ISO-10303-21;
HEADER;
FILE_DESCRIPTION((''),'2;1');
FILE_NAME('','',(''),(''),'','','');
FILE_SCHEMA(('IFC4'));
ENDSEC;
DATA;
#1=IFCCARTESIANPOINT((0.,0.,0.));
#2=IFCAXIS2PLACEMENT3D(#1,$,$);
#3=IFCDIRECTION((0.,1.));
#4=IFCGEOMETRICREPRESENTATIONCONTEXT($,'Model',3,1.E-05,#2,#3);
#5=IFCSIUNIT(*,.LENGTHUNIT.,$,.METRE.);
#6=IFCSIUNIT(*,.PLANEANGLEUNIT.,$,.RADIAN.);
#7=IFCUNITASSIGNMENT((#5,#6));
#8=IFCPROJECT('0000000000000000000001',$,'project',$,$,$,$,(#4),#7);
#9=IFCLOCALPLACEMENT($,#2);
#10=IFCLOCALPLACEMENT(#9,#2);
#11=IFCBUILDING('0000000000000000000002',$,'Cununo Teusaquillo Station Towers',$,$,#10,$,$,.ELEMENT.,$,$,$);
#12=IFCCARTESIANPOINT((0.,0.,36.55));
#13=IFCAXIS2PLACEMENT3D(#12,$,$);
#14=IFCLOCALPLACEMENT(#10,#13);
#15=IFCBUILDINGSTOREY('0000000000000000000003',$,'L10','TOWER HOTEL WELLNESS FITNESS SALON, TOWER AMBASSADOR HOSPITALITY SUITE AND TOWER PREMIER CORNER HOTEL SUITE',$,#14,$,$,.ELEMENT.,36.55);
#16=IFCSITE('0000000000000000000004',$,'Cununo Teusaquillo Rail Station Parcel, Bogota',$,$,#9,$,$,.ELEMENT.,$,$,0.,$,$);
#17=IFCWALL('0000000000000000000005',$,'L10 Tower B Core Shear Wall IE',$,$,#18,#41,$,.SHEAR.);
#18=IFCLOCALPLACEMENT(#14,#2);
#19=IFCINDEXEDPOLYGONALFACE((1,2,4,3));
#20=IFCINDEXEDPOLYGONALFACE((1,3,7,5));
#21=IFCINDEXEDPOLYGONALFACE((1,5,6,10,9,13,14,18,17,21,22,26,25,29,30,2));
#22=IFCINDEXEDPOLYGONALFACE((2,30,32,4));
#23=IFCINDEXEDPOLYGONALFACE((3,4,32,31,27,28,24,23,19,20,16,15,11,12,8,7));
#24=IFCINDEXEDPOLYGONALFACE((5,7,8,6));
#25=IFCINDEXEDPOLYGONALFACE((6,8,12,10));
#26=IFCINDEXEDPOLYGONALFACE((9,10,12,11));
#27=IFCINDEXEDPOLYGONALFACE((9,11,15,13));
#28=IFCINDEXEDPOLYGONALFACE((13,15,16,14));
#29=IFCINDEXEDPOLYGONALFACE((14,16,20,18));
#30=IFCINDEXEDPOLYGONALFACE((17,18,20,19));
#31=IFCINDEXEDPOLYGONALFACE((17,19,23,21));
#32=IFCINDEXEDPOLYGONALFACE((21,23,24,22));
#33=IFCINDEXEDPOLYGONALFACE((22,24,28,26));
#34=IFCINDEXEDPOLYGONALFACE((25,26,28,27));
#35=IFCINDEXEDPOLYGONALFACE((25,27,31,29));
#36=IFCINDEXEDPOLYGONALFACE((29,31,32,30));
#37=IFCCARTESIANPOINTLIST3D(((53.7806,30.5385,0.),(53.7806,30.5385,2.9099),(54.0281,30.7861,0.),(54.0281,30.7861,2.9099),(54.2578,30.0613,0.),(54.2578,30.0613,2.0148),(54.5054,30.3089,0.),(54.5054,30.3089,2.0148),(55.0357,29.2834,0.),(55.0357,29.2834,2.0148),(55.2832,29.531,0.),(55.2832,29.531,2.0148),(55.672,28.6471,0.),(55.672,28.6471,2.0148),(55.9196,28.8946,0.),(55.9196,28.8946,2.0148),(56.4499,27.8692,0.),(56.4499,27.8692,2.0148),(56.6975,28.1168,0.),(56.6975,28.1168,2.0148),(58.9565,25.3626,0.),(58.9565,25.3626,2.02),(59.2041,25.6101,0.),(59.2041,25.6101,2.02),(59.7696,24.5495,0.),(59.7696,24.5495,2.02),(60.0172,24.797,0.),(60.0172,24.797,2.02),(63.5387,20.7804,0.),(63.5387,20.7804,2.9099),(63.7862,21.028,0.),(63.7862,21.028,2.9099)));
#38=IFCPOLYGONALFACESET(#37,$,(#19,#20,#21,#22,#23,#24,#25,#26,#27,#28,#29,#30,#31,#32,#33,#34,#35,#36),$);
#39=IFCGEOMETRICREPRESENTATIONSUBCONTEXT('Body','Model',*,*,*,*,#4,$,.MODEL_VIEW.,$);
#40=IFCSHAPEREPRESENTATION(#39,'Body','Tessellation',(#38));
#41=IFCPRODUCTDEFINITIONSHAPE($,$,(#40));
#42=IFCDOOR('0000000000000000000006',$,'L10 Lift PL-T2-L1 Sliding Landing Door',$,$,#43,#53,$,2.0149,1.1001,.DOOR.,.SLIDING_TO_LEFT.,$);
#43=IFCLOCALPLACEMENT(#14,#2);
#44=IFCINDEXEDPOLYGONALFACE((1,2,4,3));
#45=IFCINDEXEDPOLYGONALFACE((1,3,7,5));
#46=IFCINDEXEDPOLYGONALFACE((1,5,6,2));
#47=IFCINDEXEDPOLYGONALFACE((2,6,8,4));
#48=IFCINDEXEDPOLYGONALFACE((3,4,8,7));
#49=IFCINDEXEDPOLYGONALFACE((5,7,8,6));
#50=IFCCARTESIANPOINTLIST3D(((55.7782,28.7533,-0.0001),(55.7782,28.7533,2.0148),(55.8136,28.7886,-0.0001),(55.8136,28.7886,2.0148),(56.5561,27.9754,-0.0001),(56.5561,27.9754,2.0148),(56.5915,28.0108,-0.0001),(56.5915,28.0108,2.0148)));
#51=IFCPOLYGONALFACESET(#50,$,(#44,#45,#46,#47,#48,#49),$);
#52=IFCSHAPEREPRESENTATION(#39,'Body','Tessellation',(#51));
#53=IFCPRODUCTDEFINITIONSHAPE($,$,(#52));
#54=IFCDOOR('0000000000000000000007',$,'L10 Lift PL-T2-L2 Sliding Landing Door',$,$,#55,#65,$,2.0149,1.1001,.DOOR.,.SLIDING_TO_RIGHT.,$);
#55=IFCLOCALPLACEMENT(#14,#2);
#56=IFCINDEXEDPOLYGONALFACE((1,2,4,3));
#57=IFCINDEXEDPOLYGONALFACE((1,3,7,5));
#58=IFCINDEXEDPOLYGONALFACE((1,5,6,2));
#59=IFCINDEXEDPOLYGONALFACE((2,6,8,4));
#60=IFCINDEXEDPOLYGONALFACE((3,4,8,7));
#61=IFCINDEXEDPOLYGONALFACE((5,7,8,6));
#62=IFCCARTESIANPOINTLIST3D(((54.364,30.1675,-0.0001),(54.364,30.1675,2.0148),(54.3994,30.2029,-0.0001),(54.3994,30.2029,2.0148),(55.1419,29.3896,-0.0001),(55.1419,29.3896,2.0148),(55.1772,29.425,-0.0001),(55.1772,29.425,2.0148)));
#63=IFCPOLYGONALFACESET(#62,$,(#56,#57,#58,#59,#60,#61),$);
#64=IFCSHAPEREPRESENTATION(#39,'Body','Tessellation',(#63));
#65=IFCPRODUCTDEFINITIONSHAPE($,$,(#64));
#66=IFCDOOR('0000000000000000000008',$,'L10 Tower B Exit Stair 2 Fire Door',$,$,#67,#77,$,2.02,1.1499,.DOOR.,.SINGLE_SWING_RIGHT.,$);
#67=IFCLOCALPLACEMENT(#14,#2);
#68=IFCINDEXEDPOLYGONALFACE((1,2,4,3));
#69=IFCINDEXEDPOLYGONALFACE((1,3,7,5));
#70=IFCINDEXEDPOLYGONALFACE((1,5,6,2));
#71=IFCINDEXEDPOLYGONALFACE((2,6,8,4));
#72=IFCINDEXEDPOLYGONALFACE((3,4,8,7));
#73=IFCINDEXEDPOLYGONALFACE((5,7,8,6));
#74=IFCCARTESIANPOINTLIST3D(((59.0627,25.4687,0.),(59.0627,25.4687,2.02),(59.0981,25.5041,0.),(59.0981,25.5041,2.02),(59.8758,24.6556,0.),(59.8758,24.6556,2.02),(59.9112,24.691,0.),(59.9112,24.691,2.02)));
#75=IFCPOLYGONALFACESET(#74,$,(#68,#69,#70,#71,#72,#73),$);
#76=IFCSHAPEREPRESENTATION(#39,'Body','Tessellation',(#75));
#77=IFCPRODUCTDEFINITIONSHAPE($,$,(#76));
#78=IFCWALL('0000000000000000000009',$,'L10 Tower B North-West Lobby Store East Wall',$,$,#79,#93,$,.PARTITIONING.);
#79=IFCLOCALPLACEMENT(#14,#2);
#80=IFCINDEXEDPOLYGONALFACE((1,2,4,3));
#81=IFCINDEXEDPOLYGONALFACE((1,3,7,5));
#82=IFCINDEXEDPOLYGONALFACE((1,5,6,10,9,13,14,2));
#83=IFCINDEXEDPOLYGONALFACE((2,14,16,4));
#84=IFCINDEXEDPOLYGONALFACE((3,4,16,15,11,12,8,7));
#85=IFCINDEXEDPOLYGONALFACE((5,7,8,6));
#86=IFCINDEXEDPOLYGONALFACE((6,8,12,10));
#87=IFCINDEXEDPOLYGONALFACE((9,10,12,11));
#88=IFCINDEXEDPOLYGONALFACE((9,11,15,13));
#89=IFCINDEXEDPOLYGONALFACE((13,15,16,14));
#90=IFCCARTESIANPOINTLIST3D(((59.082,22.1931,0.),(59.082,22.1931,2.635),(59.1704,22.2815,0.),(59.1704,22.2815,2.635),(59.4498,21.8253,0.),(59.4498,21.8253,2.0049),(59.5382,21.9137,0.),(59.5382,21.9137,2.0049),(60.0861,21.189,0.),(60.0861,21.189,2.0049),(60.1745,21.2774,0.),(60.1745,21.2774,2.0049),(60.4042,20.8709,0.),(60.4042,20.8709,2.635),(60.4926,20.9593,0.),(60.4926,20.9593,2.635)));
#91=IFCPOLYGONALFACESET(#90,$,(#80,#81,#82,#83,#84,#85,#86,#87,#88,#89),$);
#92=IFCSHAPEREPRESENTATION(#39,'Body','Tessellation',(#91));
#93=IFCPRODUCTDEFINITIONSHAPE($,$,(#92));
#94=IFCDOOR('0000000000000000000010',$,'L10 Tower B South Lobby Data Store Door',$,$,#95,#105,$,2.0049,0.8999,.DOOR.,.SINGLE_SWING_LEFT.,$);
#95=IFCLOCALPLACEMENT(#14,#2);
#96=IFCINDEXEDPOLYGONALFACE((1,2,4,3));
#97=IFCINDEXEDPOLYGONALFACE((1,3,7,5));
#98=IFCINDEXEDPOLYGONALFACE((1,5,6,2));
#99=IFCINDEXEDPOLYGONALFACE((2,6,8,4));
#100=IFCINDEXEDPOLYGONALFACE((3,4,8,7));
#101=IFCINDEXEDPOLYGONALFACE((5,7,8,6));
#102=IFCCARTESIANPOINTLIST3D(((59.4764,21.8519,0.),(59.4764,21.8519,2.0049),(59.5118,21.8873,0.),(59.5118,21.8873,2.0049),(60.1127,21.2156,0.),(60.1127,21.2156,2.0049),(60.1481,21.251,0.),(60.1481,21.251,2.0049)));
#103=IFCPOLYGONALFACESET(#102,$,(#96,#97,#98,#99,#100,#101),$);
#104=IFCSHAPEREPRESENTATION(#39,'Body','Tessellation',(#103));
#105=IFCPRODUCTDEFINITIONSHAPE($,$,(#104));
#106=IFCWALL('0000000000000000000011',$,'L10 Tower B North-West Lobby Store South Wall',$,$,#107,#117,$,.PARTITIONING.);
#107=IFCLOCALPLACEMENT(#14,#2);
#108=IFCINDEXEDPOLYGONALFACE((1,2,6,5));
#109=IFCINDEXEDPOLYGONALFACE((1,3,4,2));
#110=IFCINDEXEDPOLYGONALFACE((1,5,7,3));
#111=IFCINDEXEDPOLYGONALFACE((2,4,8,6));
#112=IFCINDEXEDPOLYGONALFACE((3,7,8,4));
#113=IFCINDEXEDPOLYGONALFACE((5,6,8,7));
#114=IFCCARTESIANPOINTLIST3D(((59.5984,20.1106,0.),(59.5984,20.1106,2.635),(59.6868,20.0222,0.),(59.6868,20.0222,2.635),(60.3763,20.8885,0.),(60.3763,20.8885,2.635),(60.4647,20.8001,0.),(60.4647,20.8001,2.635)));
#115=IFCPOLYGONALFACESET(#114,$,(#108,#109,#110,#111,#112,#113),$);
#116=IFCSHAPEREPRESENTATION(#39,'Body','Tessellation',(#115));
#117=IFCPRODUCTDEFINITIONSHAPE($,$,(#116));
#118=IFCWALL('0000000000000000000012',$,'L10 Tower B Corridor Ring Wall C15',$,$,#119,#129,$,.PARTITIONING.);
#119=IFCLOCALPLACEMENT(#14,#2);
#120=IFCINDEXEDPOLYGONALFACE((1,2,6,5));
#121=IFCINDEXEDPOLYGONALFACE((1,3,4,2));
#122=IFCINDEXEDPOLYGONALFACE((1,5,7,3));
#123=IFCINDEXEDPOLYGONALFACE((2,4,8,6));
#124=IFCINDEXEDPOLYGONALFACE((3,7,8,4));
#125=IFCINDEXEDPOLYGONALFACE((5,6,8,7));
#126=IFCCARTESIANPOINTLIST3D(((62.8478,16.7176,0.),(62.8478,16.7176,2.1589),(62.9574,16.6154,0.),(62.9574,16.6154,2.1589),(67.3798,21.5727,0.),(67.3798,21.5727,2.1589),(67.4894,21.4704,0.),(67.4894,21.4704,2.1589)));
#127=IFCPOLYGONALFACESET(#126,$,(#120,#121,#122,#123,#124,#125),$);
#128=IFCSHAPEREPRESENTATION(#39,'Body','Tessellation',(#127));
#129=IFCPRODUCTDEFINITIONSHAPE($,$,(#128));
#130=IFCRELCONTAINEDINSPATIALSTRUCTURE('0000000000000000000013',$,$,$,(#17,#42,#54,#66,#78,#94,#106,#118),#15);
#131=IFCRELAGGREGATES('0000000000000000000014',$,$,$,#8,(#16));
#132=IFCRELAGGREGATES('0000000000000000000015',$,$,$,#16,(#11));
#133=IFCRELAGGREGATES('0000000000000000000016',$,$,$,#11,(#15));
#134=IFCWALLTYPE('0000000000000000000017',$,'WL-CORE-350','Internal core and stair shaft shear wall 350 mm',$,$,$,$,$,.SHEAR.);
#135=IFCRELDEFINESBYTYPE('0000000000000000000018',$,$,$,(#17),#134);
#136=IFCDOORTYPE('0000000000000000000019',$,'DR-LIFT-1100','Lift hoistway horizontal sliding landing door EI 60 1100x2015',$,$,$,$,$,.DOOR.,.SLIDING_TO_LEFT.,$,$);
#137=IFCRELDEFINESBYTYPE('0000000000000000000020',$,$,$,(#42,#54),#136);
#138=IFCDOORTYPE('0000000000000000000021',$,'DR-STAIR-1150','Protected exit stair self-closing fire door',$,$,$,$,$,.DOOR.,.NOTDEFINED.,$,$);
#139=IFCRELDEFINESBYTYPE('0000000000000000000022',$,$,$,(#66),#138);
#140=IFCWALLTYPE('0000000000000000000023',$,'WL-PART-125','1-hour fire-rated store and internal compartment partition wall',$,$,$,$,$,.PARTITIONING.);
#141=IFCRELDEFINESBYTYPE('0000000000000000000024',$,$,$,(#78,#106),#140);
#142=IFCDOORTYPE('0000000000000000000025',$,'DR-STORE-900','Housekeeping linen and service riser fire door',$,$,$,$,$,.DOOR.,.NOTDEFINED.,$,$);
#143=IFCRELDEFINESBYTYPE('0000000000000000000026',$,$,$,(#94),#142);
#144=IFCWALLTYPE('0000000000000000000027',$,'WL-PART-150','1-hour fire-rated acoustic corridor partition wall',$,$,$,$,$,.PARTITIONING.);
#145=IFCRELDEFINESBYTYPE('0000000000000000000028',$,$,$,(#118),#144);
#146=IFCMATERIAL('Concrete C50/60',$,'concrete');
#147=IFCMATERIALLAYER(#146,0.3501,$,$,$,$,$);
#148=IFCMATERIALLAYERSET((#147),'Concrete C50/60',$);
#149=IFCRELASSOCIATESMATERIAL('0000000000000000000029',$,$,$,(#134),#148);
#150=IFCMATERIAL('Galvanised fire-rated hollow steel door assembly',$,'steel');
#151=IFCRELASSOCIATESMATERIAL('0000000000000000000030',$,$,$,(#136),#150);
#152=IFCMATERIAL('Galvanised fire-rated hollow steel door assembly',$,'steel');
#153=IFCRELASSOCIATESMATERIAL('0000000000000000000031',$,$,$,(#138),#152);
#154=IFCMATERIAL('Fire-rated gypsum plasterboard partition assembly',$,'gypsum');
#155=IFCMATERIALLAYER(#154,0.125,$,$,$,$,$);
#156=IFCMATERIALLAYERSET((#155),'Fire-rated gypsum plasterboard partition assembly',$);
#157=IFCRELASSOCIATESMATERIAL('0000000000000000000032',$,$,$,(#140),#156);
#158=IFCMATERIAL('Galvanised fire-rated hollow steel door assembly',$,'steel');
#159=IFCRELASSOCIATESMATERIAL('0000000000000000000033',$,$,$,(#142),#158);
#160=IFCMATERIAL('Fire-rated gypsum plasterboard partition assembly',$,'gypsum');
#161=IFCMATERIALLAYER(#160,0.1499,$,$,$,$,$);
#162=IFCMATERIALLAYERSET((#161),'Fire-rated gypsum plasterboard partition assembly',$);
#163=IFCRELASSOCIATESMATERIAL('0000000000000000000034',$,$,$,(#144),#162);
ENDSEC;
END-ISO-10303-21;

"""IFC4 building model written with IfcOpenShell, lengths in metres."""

from ifc_helpers import new_model, si_unit, direction, frame, frame_2d, origin, place, context, subcontext, project, spatial, rectangle, extrude, source, transform, mapped, material, layer, layer_set, type_object, element, fill, save


model = new_model("IFC4")

# Units and contexts
model_context = context("Model", 3, precision=1e-05, world=origin(), true_north=direction((0.0, 1.0)))
body_context = subcontext(model_context, "Body", "Model", "MODEL_VIEW")
ifc_project = project(units=[si_unit("LENGTHUNIT", "METRE"), si_unit("PLANEANGLEUNIT", "RADIAN")], contexts=[model_context])

# Site, building, storey
site_placement = place(None, origin())
site = spatial("IfcSite", under=ifc_project, at=site_placement, Name="Cununo Teusaquillo Rail Station Parcel, Bogota", CompositionType="ELEMENT", RefElevation=0.0)
building_placement = place(site_placement, origin())
building = spatial("IfcBuilding", under=site, at=building_placement, Name="Cununo Teusaquillo Station Towers", CompositionType="ELEMENT")
storey_placement = place(building_placement, frame((0.0, 0.0, 36.55)))
storey = spatial("IfcBuildingStorey", under=building, at=storey_placement, Name="L10", Description="TOWER HOTEL WELLNESS FITNESS SALON, TOWER AMBASSADOR HOSPITALITY SUITE AND TOWER PREMIER CORNER HOTEL SUITE", CompositionType="ELEMENT", Elevation=36.55)

# Wall, openings, doors
ifc_material_1 = material(Name="Concrete C50/60", Category="concrete")
ifc_layer_1 = layer(ifc_material_1, 0.3501)
ifc_layer_set_1 = layer_set([ifc_layer_1], Name="Concrete C50/60")
wall_type_1 = type_object("IfcWallType", Name="WL-CORE-350", Description="Internal core and stair shaft shear wall 350 mm", PredefinedType="SHEAR", material=ifc_layer_set_1)
shared_shape_1 = source(origin(), body_context, "Body", "SweptSolid", [
    extrude(rectangle(XDim=1.1001, YDim=2.0149, at=frame_2d((0.55, 1.0073))), frame((0.0, 0.1851, 0.0), z_axis=(0.0, -1.0, 0.0), x_axis=(1.0, 0.0, 0.0)), (0.0, 0.0, 1.0), 0.3701),
])
shared_shape_2 = source(origin(), body_context, "Body", "SweptSolid", [
    extrude(rectangle(XDim=1.1499, YDim=2.02, at=frame_2d((0.575, 1.01))), frame((0.0, 0.1851, 0.0), z_axis=(0.0, -1.0, 0.0), x_axis=(1.0, 0.0, 0.0)), (0.0, 0.0, 1.0), 0.3701),
])
ifc_material_2 = material(Name="Galvanised fire-rated hollow steel door assembly", Category="steel")
door_type_1 = type_object("IfcDoorType", Name="DR-LIFT-1100", Description="Lift hoistway horizontal sliding landing door EI 60 1100x2015", OperationType="SLIDING_TO_LEFT", PredefinedType="DOOR", material=ifc_material_2)
shared_shape_3 = source(origin(), body_context, "Body", "SweptSolid", [
    extrude(rectangle(XDim=1.1001, YDim=2.0149, at=frame_2d((0.55, 1.0073))), frame((0.0, 0.0249, 0.0), z_axis=(0.0, -1.0, 0.0), x_axis=(1.0, 0.0, 0.0)), (0.0, 0.0, 1.0), 0.05),
])
ifc_material_3 = material(Name="Galvanised fire-rated hollow steel door assembly", Category="steel")
door_type_2 = type_object("IfcDoorType", Name="DR-STAIR-1150", Description="Protected exit stair self-closing fire door", OperationType="NOTDEFINED", PredefinedType="DOOR", material=ifc_material_3)
shared_shape_4 = source(origin(), body_context, "Body", "SweptSolid", [
    extrude(rectangle(XDim=1.1499, YDim=2.02, at=frame_2d((0.575, 1.01))), frame((0.0, 0.0249, 0.0), z_axis=(0.0, -1.0, 0.0), x_axis=(1.0, 0.0, 0.0)), (0.0, 0.0, 1.0), 0.05),
])
wall_1_placement = place(storey_placement, frame((63.6624, 20.9043, 0.0), z_axis=(0.0, 0.0, 1.0), x_axis=(-0.707107, 0.707107, 0.0)))
wall_1 = element("IfcWall", 1, at=wall_1_placement, inside=storey, type_object=wall_type_1, Name="L10 Tower B Core Shear Wall IE", PredefinedType="SHEAR", context=body_context, shape_type="SweptSolid", body=[
    extrude(rectangle(XDim=13.8, YDim=0.3501, at=frame_2d((6.8999, 0.0))), origin(), (0.0, 0.0, 1.0), 2.9099),
])
opening_1_placement = place(wall_1_placement, frame((10.0249, 0.0, 0.0)))
opening_1 = element("IfcOpeningElement", 2, at=opening_1_placement, cuts=wall_1, PredefinedType="OPENING", context=body_context, shape_type="MappedRepresentation", body=[
    mapped(shared_shape_1, transform((0.0, 0.0, 0.0), x_axis=(1.0, 0.0, 0.0), y_axis=(0.0, 1.0, 0.0), z_axis=(0.0, 0.0, 1.0), scale=1.0)),
])
opening_2_placement = place(wall_1_placement, frame((12.0249, 0.0, 0.0)))
opening_2 = element("IfcOpeningElement", 3, at=opening_2_placement, cuts=wall_1, PredefinedType="OPENING", context=body_context, shape_type="MappedRepresentation", body=[
    mapped(shared_shape_1, transform((0.0, 0.0, 0.0), x_axis=(1.0, 0.0, 0.0), y_axis=(0.0, 1.0, 0.0), z_axis=(0.0, 0.0, 1.0), scale=1.0)),
])
opening_3_placement = place(wall_1_placement, frame((5.3301, 0.0, 0.0)))
opening_3 = element("IfcOpeningElement", 4, at=opening_3_placement, cuts=wall_1, PredefinedType="OPENING", context=body_context, shape_type="MappedRepresentation", body=[
    mapped(shared_shape_2, transform((0.0, 0.0, 0.0), x_axis=(1.0, 0.0, 0.0), y_axis=(0.0, 1.0, 0.0), z_axis=(0.0, 0.0, 1.0), scale=1.0)),
])
door_1_placement = place(opening_1_placement, origin())
door_1 = element("IfcDoor", 5, at=door_1_placement, inside=storey, type_object=door_type_1, Name="L10 Lift PL-T2-L1 Sliding Landing Door", OperationType="SLIDING_TO_LEFT", OverallHeight=2.0149, OverallWidth=1.1001, PredefinedType="DOOR", context=body_context, shape_type="MappedRepresentation", body=[
    mapped(shared_shape_3, transform((0.0, 0.0, 0.0), x_axis=(1.0, 0.0, 0.0), y_axis=(0.0, 1.0, 0.0), z_axis=(0.0, 0.0, 1.0), scale=1.0)),
])
fill(opening_1, door_1)
door_2_placement = place(opening_2_placement, origin())
door_2 = element("IfcDoor", 6, at=door_2_placement, inside=storey, type_object=door_type_1, Name="L10 Lift PL-T2-L2 Sliding Landing Door", OperationType="SLIDING_TO_RIGHT", OverallHeight=2.0149, OverallWidth=1.1001, PredefinedType="DOOR", context=body_context, shape_type="MappedRepresentation", body=[
    mapped(shared_shape_3, transform((0.0, 0.0, 0.0), x_axis=(1.0, 0.0, 0.0), y_axis=(0.0, 1.0, 0.0), z_axis=(0.0, 0.0, 1.0), scale=1.0)),
])
fill(opening_2, door_2)
door_3_placement = place(opening_3_placement, origin())
door_3 = element("IfcDoor", 7, at=door_3_placement, inside=storey, type_object=door_type_2, Name="L10 Tower B Exit Stair 2 Fire Door", OperationType="SINGLE_SWING_RIGHT", OverallHeight=2.02, OverallWidth=1.1499, PredefinedType="DOOR", context=body_context, shape_type="MappedRepresentation", body=[
    mapped(shared_shape_4, transform((0.0, 0.0, 0.0), x_axis=(1.0, 0.0, 0.0), y_axis=(0.0, 1.0, 0.0), z_axis=(0.0, 0.0, 1.0), scale=1.0)),
])
fill(opening_3, door_3)

# Wall, opening, door
ifc_material_4 = material(Name="Fire-rated gypsum plasterboard partition assembly", Category="gypsum")
ifc_layer_2 = layer(ifc_material_4, 0.125)
ifc_layer_set_2 = layer_set([ifc_layer_2], Name="Fire-rated gypsum plasterboard partition assembly")
wall_type_2 = type_object("IfcWallType", Name="WL-PART-125", Description="1-hour fire-rated store and internal compartment partition wall", PredefinedType="PARTITIONING", material=ifc_layer_set_2)
wall_2_placement = place(storey_placement, frame((60.4485, 20.915, 0.0), z_axis=(0.0, 0.0, 1.0), x_axis=(-0.707107, 0.707107, 0.0)))
wall_2 = element("IfcWall", 8, at=wall_2_placement, inside=storey, type_object=wall_type_2, Name="L10 Tower B North-West Lobby Store East Wall", PredefinedType="PARTITIONING", context=body_context, shape_type="SweptSolid", body=[
    extrude(rectangle(XDim=1.8699, YDim=0.125, at=frame_2d((0.9351, 0.0))), origin(), (0.0, 0.0, 1.0), 2.635),
])
shared_shape_5 = source(origin(), body_context, "Body", "SweptSolid", [
    extrude(rectangle(XDim=0.8999, YDim=2.0049, at=frame_2d((0.45, 1.0024))), frame((0.0, 0.0725, 0.0), z_axis=(0.0, -1.0, 0.0), x_axis=(1.0, 0.0, 0.0)), (0.0, 0.0, 1.0), 0.145),
])
opening_4_placement = place(wall_2_placement, frame((0.45, 0.0, 0.0)))
opening_4 = element("IfcOpeningElement", 9, at=opening_4_placement, cuts=wall_2, PredefinedType="OPENING", context=body_context, shape_type="MappedRepresentation", body=[
    mapped(shared_shape_5, transform((0.0, 0.0, 0.0), x_axis=(1.0, 0.0, 0.0), y_axis=(0.0, 1.0, 0.0), z_axis=(0.0, 0.0, 1.0), scale=1.0)),
])
ifc_material_5 = material(Name="Galvanised fire-rated hollow steel door assembly", Category="steel")
door_type_3 = type_object("IfcDoorType", Name="DR-STORE-900", Description="Housekeeping linen and service riser fire door", OperationType="NOTDEFINED", PredefinedType="DOOR", material=ifc_material_5)
shared_shape_6 = source(origin(), body_context, "Body", "SweptSolid", [
    extrude(rectangle(XDim=0.8999, YDim=2.0049, at=frame_2d((0.45, 1.0024))), frame((0.0, 0.0249, 0.0), z_axis=(0.0, -1.0, 0.0), x_axis=(1.0, 0.0, 0.0)), (0.0, 0.0, 1.0), 0.05),
])
door_4_placement = place(opening_4_placement, origin())
door_4 = element("IfcDoor", 10, at=door_4_placement, inside=storey, type_object=door_type_3, Name="L10 Tower B South Lobby Data Store Door", OperationType="SINGLE_SWING_LEFT", OverallHeight=2.0049, OverallWidth=0.8999, PredefinedType="DOOR", context=body_context, shape_type="MappedRepresentation", body=[
    mapped(shared_shape_6, transform((0.0, 0.0, 0.0), x_axis=(1.0, 0.0, 0.0), y_axis=(0.0, 1.0, 0.0), z_axis=(0.0, 0.0, 1.0), scale=1.0)),
])
fill(opening_4, door_4)

# Walls
wall_3_placement = place(storey_placement, frame((59.6426, 20.0664, 0.0), z_axis=(0.0, 0.0, 1.0), x_axis=(0.707107, 0.707107, 0.0)))
element("IfcWall", 11, at=wall_3_placement, inside=storey, type_object=wall_type_2, Name="L10 Tower B North-West Lobby Store South Wall", PredefinedType="PARTITIONING", context=body_context, shape_type="SweptSolid", body=[
    extrude(rectangle(XDim=1.1001, YDim=0.125, at=frame_2d((0.55, 0.0))), origin(), (0.0, 0.0, 1.0), 2.635),
])
ifc_material_6 = material(Name="Fire-rated gypsum plasterboard partition assembly", Category="gypsum")
ifc_layer_3 = layer(ifc_material_6, 0.1499)
ifc_layer_set_3 = layer_set([ifc_layer_3], Name="Fire-rated gypsum plasterboard partition assembly")
wall_type_3 = type_object("IfcWallType", Name="WL-PART-150", Description="1-hour fire-rated acoustic corridor partition wall", PredefinedType="PARTITIONING", material=ifc_layer_set_3)
wall_4_placement = place(storey_placement, frame((62.9026, 16.6665, 0.0), z_axis=(0.0, 0.0, 1.0), x_axis=(0.682372, 0.731005, 0.0)))
element("IfcWall", 12, at=wall_4_placement, inside=storey, type_object=wall_type_3, Name="L10 Tower B Corridor Ring Wall C15", PredefinedType="PARTITIONING", context=body_context, shape_type="SweptSolid", body=[
    extrude(rectangle(XDim=6.6416, YDim=0.1499, at=frame_2d((3.3208, 0.0))), origin(), (0.0, 0.0, 1.0), 2.1589),
])

save(model, "model.ifc")
